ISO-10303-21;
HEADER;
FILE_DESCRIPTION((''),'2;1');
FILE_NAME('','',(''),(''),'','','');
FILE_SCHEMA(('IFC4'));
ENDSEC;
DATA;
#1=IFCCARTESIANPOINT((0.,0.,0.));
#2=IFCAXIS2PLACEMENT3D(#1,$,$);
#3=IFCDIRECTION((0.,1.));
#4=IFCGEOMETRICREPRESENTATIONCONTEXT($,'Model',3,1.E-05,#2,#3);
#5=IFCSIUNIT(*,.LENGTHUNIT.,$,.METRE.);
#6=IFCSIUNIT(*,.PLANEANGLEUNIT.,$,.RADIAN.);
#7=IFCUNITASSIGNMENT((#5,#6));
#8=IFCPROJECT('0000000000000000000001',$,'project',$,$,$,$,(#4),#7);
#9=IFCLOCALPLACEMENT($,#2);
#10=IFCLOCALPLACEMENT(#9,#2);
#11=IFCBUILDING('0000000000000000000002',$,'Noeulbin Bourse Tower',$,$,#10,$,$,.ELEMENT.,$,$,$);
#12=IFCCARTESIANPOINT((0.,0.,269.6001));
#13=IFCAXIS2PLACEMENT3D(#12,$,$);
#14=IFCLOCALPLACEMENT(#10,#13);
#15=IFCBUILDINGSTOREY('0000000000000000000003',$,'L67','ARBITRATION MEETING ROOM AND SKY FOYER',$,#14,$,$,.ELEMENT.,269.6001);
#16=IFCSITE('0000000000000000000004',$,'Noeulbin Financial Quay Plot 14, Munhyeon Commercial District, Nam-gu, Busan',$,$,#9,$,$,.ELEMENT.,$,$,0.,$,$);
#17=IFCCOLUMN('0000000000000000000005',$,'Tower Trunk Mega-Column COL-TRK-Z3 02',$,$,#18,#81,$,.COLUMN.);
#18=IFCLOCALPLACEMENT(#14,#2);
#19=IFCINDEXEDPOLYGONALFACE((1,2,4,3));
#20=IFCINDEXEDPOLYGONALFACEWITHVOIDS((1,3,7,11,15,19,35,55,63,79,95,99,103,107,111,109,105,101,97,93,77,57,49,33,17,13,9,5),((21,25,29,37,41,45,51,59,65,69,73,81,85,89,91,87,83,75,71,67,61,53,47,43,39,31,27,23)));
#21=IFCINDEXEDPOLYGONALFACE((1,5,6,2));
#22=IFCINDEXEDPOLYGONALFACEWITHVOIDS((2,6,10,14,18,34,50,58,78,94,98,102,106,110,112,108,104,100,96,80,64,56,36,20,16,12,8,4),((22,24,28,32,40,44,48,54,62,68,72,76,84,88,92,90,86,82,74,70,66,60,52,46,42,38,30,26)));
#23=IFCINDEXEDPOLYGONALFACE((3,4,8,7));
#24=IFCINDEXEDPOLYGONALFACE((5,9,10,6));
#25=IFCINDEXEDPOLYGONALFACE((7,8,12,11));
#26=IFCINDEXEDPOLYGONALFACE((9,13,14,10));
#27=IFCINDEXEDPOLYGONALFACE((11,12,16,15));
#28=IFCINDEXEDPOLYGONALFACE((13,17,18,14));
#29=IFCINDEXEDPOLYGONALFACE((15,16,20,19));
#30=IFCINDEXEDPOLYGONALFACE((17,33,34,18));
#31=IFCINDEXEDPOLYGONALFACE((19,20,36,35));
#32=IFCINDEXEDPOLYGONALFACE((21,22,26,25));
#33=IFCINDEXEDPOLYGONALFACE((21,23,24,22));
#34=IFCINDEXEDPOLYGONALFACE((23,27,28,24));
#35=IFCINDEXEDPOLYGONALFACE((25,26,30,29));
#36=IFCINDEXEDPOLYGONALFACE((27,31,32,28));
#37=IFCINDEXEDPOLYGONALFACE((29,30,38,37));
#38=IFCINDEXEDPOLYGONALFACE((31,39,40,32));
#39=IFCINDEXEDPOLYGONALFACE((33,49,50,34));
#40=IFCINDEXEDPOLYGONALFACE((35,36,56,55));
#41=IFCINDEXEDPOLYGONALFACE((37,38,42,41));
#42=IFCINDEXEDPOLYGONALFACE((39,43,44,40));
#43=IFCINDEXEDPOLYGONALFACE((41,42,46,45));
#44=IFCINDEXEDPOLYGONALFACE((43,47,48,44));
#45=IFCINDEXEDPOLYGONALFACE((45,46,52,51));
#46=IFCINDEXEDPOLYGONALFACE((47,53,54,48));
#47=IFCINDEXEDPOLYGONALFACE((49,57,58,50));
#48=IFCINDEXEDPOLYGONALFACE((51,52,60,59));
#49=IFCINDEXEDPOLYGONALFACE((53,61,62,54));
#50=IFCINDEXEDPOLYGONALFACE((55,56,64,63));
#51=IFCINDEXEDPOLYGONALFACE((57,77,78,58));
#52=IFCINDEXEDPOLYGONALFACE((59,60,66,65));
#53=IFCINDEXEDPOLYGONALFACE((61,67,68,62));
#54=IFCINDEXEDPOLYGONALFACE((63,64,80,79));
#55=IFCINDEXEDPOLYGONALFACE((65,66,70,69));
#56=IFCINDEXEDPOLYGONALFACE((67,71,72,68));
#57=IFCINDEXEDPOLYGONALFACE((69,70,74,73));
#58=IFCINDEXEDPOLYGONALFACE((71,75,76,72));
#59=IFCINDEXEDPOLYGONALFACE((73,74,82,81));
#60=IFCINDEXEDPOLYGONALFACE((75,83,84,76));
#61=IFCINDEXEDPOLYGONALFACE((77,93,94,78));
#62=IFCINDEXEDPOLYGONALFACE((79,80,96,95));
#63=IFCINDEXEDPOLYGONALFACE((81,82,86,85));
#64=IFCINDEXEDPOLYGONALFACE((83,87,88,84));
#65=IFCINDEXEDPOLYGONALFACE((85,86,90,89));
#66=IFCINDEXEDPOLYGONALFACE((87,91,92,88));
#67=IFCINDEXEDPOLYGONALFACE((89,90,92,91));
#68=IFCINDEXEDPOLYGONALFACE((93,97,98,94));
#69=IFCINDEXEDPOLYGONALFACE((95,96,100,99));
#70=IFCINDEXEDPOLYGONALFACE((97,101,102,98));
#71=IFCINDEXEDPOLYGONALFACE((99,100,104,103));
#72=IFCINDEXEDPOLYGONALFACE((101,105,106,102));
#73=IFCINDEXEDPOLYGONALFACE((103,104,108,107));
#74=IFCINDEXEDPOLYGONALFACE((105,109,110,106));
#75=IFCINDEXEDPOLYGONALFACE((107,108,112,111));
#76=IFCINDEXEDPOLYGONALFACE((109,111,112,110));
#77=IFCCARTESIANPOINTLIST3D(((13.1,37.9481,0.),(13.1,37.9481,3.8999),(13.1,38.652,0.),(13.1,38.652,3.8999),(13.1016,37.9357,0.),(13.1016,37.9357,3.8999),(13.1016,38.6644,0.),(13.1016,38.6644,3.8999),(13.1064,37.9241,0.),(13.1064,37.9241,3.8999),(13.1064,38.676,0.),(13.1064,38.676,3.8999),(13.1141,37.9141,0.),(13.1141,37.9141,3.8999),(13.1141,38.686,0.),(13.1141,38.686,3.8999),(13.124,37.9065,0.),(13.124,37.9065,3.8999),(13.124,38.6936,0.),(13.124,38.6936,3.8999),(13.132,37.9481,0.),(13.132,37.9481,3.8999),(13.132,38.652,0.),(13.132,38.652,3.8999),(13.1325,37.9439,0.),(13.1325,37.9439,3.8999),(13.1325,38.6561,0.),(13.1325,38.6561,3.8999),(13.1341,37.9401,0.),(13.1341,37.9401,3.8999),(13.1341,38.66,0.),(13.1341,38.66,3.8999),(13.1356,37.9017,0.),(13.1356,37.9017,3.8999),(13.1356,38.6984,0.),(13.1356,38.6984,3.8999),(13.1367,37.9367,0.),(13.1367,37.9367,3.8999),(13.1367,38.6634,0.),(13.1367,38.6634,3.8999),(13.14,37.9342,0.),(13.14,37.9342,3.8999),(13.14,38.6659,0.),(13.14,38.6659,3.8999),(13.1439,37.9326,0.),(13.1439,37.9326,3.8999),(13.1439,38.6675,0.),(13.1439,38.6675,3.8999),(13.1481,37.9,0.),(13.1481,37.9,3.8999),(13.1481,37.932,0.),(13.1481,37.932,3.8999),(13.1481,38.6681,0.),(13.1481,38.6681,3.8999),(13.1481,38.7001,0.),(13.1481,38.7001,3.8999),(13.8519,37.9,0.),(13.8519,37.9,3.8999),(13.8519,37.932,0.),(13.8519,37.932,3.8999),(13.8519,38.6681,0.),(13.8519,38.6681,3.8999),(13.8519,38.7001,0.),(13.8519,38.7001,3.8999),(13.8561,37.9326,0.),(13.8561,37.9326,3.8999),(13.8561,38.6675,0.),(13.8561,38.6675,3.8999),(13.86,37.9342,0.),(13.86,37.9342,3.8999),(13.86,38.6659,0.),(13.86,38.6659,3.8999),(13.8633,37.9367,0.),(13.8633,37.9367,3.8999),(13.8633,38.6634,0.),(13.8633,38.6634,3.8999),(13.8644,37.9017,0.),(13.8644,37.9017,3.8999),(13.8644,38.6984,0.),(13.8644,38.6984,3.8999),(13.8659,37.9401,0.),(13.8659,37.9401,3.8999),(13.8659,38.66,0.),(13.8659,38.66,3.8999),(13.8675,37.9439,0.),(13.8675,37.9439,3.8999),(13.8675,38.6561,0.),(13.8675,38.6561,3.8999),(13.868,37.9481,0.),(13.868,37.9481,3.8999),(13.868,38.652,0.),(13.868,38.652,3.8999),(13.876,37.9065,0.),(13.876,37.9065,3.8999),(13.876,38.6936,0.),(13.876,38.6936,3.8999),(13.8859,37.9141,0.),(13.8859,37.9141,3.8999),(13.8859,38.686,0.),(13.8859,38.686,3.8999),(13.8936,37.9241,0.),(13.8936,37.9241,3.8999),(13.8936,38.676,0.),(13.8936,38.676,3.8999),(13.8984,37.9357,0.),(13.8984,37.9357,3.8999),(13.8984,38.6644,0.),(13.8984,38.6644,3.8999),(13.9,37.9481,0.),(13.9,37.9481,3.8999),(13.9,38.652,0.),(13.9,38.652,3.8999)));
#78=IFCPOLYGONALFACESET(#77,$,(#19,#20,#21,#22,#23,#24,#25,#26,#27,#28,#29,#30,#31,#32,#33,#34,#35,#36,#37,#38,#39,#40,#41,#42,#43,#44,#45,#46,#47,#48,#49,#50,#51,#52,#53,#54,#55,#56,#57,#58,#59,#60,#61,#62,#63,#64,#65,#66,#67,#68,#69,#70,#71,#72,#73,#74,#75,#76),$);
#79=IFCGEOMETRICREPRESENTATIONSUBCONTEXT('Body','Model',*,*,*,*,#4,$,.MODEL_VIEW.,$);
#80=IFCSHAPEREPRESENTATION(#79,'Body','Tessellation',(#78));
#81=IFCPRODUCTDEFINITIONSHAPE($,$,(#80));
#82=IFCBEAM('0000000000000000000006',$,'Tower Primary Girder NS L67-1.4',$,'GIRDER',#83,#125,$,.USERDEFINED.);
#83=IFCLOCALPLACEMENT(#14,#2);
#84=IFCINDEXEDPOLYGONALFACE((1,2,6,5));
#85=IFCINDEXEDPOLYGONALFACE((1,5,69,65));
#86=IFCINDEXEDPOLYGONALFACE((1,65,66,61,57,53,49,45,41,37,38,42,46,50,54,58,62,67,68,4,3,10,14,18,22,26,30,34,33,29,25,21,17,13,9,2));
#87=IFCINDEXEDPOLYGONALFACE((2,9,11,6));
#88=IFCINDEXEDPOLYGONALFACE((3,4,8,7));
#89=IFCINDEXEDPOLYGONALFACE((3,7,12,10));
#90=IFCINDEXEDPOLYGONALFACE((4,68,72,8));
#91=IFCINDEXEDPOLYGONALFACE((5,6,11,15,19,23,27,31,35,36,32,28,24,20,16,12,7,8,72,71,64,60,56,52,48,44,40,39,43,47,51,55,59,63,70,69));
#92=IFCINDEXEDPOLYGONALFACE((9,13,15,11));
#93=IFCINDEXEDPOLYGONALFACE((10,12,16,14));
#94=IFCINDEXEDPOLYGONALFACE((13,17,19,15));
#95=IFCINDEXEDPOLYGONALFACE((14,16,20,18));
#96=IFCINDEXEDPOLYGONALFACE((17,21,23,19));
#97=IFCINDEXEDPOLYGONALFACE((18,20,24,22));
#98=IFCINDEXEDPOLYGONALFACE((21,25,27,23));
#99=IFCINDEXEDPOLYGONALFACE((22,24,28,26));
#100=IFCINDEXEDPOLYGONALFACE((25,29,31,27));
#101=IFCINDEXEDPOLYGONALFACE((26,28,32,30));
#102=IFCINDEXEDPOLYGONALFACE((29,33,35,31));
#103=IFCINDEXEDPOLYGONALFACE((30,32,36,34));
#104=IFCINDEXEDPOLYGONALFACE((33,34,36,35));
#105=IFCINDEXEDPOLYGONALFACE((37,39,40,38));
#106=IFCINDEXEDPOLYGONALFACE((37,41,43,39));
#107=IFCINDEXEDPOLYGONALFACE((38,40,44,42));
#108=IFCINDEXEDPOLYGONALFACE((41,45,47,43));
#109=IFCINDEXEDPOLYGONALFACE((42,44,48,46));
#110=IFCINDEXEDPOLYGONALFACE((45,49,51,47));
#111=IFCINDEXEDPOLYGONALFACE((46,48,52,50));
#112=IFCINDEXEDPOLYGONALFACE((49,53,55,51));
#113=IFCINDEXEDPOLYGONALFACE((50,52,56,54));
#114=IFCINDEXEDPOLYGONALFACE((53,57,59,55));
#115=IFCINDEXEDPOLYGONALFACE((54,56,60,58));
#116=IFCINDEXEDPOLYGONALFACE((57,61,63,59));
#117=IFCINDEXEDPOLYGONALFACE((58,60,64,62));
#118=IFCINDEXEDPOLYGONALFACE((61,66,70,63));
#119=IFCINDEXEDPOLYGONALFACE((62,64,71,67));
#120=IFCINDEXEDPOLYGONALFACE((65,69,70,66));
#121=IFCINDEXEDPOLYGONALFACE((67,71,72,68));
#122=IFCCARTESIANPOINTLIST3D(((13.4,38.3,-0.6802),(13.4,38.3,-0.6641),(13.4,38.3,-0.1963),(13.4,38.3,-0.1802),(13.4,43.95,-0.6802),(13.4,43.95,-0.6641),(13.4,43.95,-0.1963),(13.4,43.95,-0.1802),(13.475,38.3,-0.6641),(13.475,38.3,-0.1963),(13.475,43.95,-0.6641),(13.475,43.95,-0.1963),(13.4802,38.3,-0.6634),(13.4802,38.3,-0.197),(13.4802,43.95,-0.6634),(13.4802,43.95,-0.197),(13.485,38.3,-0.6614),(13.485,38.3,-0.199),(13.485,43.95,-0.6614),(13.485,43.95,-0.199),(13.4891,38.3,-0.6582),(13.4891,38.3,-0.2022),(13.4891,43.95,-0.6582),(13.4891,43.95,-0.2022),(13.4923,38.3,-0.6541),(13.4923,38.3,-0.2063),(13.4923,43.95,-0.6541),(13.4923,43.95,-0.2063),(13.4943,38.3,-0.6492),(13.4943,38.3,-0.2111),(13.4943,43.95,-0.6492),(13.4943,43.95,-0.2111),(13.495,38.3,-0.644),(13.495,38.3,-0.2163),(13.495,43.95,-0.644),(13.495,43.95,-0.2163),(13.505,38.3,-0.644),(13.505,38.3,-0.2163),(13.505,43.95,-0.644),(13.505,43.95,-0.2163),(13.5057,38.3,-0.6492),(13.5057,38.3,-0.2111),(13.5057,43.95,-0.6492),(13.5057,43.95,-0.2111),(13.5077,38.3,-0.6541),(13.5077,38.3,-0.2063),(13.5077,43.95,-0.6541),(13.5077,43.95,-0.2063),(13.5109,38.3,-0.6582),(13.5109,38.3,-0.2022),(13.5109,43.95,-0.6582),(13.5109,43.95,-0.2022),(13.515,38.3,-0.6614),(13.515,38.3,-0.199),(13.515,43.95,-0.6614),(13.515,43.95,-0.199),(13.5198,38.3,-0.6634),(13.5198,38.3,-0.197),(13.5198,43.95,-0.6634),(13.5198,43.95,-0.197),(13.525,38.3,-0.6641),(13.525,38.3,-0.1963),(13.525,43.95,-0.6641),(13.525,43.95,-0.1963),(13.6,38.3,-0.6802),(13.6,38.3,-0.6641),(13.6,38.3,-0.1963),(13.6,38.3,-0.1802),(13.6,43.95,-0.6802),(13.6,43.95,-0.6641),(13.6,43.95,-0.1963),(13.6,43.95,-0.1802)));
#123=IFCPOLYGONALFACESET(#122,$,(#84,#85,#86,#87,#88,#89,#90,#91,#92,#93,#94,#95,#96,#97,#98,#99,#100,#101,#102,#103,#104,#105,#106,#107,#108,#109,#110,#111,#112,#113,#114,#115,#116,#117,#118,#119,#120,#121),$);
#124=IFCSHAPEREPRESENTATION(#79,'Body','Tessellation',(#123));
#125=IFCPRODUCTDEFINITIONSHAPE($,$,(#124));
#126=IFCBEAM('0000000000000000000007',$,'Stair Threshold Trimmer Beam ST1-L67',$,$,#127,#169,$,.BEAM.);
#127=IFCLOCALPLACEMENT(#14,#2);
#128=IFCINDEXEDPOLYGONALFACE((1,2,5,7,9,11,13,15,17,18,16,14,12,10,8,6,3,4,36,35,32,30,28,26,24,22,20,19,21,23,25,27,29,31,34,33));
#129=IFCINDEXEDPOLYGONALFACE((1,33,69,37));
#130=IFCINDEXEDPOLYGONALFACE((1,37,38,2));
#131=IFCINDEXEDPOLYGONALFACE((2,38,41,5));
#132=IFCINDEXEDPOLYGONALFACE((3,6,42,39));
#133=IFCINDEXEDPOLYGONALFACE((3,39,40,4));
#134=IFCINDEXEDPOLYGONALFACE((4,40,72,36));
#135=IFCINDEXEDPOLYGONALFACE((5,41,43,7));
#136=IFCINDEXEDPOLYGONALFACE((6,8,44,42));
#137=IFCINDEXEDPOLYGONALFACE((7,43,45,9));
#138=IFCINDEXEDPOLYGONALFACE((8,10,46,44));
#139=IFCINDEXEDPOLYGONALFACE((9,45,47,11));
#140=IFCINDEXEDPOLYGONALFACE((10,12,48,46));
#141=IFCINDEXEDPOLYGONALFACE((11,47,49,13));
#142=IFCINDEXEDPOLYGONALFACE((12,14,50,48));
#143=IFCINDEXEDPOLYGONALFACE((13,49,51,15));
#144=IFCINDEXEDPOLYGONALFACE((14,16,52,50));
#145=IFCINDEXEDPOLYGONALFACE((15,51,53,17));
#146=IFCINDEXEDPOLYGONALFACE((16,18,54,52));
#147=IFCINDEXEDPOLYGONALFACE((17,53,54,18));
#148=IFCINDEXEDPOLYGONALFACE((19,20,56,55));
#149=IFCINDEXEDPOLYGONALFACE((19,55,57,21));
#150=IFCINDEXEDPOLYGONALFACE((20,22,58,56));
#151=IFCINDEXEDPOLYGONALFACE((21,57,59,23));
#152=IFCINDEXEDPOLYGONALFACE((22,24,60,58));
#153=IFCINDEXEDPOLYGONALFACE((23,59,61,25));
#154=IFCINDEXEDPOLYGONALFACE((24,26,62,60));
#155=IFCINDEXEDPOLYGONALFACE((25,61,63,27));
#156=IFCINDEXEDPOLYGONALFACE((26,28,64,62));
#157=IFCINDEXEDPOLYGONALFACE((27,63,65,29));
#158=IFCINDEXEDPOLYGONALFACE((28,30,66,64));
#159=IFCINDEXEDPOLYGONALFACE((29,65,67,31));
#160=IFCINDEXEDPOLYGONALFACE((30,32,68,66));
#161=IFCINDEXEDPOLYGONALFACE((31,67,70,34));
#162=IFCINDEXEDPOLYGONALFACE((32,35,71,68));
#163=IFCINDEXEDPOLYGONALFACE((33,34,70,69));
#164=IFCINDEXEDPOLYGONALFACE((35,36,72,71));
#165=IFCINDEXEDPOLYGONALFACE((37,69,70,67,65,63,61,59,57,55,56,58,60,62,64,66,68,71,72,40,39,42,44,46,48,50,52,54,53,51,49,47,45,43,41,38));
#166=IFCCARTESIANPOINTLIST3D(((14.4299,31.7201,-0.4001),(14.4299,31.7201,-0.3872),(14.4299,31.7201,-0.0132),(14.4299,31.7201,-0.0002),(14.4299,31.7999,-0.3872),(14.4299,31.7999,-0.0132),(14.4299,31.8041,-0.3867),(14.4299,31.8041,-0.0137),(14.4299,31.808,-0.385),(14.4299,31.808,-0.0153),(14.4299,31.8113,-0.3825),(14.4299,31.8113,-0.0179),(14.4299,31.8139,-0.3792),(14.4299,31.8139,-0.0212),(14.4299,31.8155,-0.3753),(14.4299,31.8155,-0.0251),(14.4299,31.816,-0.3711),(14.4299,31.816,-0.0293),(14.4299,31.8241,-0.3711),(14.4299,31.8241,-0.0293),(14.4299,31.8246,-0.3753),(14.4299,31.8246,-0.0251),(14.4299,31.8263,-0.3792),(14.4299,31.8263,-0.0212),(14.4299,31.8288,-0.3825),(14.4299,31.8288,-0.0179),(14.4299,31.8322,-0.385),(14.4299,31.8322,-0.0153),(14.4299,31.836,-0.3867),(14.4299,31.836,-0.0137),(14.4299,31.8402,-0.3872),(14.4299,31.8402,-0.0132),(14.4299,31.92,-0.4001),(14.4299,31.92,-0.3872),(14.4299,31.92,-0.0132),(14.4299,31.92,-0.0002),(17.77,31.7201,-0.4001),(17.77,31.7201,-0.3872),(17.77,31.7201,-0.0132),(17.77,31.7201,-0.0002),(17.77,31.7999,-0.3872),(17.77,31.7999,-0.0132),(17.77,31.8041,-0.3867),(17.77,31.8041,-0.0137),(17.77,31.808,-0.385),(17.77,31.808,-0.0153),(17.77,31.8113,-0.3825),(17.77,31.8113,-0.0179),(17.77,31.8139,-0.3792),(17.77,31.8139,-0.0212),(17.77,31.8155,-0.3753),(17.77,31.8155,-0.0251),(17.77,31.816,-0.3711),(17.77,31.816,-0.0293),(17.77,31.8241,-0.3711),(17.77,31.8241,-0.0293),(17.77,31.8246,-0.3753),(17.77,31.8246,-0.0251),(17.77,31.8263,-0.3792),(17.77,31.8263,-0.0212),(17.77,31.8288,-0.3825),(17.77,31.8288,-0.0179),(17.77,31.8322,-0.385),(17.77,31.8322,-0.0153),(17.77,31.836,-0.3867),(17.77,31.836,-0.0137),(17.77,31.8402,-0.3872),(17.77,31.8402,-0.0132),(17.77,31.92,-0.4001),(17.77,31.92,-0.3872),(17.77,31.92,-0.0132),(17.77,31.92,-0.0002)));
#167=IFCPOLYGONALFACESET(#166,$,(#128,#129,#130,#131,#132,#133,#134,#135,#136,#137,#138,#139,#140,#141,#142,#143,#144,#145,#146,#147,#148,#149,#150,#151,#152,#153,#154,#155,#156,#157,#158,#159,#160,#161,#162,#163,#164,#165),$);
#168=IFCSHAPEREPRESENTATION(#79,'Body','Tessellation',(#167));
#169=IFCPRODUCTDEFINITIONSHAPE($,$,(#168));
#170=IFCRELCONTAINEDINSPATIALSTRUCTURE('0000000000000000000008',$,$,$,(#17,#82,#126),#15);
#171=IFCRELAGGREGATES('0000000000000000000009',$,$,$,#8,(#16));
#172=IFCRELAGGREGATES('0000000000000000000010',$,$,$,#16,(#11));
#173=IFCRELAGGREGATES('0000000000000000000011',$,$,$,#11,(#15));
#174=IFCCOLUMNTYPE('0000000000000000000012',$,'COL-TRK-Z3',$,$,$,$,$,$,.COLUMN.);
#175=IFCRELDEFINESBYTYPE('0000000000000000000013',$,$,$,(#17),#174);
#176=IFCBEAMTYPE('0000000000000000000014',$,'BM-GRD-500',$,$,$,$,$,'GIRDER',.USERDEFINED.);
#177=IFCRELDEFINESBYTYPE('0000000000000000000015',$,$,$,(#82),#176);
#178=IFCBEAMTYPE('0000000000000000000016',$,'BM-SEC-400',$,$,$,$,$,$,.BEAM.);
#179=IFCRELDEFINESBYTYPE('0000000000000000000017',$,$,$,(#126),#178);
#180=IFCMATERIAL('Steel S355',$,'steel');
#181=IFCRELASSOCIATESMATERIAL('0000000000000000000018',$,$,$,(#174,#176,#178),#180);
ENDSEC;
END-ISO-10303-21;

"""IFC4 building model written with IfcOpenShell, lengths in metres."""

from ifc_helpers import new_model, si_unit, direction, frame, origin, origin_2d, place, context, subcontext, project, spatial, hollow_rectangle, i_section, extrude, material, material_profile, profile_set, type_object, element, save


model = new_model("IFC4")

# Units and contexts
model_context = context("Model", 3, precision=1e-05, world=origin(), true_north=direction((0.0, 1.0)))
body_context = subcontext(model_context, "Body", "Model", "MODEL_VIEW")
ifc_project = project(units=[si_unit("LENGTHUNIT", "METRE"), si_unit("PLANEANGLEUNIT", "RADIAN")], contexts=[model_context])

# Site, building, storey
site_placement = place(None, origin())
site = spatial("IfcSite", under=ifc_project, at=site_placement, Name="Noeulbin Financial Quay Plot 14, Munhyeon Commercial District, Nam-gu, Busan", CompositionType="ELEMENT", RefElevation=0.0)
building_placement = place(site_placement, origin())
building = spatial("IfcBuilding", under=site, at=building_placement, Name="Noeulbin Bourse Tower", CompositionType="ELEMENT")
storey_placement = place(building_placement, frame((0.0, 0.0, 269.6001)))
storey = spatial("IfcBuildingStorey", under=building, at=storey_placement, Name="L67", Description="ARBITRATION MEETING ROOM AND SKY FOYER", CompositionType="ELEMENT", Elevation=269.6001)

# Column
ifc_material_1 = material(Name="Steel S355", Category="steel")
ifc_material_profile_1 = material_profile(ifc_material_1, hollow_rectangle(XDim=0.8, YDim=0.8, WallThickness=0.032, InnerFilletRadius=0.0161, OuterFilletRadius=0.0481, at=origin_2d()), Name="BOX-800x800x32", Category="LoadBearing")
ifc_profile_set_1 = profile_set([ifc_material_profile_1], Name="Steel S355")
column_type = type_object("IfcColumnType", Name="COL-TRK-Z3", PredefinedType="COLUMN", material=ifc_profile_set_1)
column_placement = place(storey_placement, frame((13.5, 38.3, 0.0), z_axis=(0.0, 0.0, 1.0), x_axis=(1.0, 0.0, 0.0)))
element("IfcColumn", 1, at=column_placement, inside=storey, type_object=column_type, Name="Tower Trunk Mega-Column COL-TRK-Z3 02", PredefinedType="COLUMN", context=body_context, shape_type="SweptSolid", body=[
    extrude(hollow_rectangle(XDim=0.8, YDim=0.8, WallThickness=0.032, InnerFilletRadius=0.0161, OuterFilletRadius=0.0481, at=origin_2d()), origin(), (0.0, 0.0, 1.0), 3.8999),
])

# Beams
ifc_material_profile_2 = material_profile(ifc_material_1, i_section(OverallWidth=0.2, OverallDepth=0.5, WebThickness=0.01, FlangeThickness=0.0161, FilletRadius=0.02, at=origin_2d()), Name="H-500x200x10x16", Category="LoadBearing")
ifc_profile_set_2 = profile_set([ifc_material_profile_2], Name="Steel S355")
beam_type_1 = type_object("IfcBeamType", Name="BM-GRD-500", ElementType="GIRDER", PredefinedType="USERDEFINED", material=ifc_profile_set_2)
beam_1_placement = place(storey_placement, frame((13.5, 38.3, -0.4302), z_axis=(0.0, 1.0, 0.0), x_axis=(-1.0, 0.0, 0.0)))
element("IfcBeam", 2, at=beam_1_placement, inside=storey, type_object=beam_type_1, Name="Tower Primary Girder NS L67-1.4", ObjectType="GIRDER", PredefinedType="USERDEFINED", context=body_context, shape_type="SweptSolid", body=[
    extrude(i_section(OverallWidth=0.2, OverallDepth=0.5, WebThickness=0.01, FlangeThickness=0.0161, FilletRadius=0.02, at=origin_2d()), origin(), (0.0, 0.0, 1.0), 5.6499),
])
ifc_material_profile_3 = material_profile(ifc_material_1, i_section(OverallWidth=0.2, OverallDepth=0.3999, WebThickness=0.0081, FlangeThickness=0.0129, FilletRadius=0.0161, at=origin_2d()), Name="H-400x200x8x13", Category="LoadBearing")
ifc_profile_set_3 = profile_set([ifc_material_profile_3], Name="Steel S355")
beam_type_2 = type_object("IfcBeamType", Name="BM-SEC-400", PredefinedType="BEAM", material=ifc_profile_set_3)
beam_2_placement = place(storey_placement, frame((14.4299, 31.8201, -0.2002), z_axis=(1.0, 0.0, 0.0), x_axis=(0.0, 1.0, 0.0)))
element("IfcBeam", 3, at=beam_2_placement, inside=storey, type_object=beam_type_2, Name="Stair Threshold Trimmer Beam ST1-L67", PredefinedType="BEAM", context=body_context, shape_type="SweptSolid", body=[
    extrude(i_section(OverallWidth=0.2, OverallDepth=0.3999, WebThickness=0.0081, FlangeThickness=0.0129, FilletRadius=0.0161, at=origin_2d()), origin(), (0.0, 0.0, 1.0), 3.3401),
])

save(model, "model.ifc")
